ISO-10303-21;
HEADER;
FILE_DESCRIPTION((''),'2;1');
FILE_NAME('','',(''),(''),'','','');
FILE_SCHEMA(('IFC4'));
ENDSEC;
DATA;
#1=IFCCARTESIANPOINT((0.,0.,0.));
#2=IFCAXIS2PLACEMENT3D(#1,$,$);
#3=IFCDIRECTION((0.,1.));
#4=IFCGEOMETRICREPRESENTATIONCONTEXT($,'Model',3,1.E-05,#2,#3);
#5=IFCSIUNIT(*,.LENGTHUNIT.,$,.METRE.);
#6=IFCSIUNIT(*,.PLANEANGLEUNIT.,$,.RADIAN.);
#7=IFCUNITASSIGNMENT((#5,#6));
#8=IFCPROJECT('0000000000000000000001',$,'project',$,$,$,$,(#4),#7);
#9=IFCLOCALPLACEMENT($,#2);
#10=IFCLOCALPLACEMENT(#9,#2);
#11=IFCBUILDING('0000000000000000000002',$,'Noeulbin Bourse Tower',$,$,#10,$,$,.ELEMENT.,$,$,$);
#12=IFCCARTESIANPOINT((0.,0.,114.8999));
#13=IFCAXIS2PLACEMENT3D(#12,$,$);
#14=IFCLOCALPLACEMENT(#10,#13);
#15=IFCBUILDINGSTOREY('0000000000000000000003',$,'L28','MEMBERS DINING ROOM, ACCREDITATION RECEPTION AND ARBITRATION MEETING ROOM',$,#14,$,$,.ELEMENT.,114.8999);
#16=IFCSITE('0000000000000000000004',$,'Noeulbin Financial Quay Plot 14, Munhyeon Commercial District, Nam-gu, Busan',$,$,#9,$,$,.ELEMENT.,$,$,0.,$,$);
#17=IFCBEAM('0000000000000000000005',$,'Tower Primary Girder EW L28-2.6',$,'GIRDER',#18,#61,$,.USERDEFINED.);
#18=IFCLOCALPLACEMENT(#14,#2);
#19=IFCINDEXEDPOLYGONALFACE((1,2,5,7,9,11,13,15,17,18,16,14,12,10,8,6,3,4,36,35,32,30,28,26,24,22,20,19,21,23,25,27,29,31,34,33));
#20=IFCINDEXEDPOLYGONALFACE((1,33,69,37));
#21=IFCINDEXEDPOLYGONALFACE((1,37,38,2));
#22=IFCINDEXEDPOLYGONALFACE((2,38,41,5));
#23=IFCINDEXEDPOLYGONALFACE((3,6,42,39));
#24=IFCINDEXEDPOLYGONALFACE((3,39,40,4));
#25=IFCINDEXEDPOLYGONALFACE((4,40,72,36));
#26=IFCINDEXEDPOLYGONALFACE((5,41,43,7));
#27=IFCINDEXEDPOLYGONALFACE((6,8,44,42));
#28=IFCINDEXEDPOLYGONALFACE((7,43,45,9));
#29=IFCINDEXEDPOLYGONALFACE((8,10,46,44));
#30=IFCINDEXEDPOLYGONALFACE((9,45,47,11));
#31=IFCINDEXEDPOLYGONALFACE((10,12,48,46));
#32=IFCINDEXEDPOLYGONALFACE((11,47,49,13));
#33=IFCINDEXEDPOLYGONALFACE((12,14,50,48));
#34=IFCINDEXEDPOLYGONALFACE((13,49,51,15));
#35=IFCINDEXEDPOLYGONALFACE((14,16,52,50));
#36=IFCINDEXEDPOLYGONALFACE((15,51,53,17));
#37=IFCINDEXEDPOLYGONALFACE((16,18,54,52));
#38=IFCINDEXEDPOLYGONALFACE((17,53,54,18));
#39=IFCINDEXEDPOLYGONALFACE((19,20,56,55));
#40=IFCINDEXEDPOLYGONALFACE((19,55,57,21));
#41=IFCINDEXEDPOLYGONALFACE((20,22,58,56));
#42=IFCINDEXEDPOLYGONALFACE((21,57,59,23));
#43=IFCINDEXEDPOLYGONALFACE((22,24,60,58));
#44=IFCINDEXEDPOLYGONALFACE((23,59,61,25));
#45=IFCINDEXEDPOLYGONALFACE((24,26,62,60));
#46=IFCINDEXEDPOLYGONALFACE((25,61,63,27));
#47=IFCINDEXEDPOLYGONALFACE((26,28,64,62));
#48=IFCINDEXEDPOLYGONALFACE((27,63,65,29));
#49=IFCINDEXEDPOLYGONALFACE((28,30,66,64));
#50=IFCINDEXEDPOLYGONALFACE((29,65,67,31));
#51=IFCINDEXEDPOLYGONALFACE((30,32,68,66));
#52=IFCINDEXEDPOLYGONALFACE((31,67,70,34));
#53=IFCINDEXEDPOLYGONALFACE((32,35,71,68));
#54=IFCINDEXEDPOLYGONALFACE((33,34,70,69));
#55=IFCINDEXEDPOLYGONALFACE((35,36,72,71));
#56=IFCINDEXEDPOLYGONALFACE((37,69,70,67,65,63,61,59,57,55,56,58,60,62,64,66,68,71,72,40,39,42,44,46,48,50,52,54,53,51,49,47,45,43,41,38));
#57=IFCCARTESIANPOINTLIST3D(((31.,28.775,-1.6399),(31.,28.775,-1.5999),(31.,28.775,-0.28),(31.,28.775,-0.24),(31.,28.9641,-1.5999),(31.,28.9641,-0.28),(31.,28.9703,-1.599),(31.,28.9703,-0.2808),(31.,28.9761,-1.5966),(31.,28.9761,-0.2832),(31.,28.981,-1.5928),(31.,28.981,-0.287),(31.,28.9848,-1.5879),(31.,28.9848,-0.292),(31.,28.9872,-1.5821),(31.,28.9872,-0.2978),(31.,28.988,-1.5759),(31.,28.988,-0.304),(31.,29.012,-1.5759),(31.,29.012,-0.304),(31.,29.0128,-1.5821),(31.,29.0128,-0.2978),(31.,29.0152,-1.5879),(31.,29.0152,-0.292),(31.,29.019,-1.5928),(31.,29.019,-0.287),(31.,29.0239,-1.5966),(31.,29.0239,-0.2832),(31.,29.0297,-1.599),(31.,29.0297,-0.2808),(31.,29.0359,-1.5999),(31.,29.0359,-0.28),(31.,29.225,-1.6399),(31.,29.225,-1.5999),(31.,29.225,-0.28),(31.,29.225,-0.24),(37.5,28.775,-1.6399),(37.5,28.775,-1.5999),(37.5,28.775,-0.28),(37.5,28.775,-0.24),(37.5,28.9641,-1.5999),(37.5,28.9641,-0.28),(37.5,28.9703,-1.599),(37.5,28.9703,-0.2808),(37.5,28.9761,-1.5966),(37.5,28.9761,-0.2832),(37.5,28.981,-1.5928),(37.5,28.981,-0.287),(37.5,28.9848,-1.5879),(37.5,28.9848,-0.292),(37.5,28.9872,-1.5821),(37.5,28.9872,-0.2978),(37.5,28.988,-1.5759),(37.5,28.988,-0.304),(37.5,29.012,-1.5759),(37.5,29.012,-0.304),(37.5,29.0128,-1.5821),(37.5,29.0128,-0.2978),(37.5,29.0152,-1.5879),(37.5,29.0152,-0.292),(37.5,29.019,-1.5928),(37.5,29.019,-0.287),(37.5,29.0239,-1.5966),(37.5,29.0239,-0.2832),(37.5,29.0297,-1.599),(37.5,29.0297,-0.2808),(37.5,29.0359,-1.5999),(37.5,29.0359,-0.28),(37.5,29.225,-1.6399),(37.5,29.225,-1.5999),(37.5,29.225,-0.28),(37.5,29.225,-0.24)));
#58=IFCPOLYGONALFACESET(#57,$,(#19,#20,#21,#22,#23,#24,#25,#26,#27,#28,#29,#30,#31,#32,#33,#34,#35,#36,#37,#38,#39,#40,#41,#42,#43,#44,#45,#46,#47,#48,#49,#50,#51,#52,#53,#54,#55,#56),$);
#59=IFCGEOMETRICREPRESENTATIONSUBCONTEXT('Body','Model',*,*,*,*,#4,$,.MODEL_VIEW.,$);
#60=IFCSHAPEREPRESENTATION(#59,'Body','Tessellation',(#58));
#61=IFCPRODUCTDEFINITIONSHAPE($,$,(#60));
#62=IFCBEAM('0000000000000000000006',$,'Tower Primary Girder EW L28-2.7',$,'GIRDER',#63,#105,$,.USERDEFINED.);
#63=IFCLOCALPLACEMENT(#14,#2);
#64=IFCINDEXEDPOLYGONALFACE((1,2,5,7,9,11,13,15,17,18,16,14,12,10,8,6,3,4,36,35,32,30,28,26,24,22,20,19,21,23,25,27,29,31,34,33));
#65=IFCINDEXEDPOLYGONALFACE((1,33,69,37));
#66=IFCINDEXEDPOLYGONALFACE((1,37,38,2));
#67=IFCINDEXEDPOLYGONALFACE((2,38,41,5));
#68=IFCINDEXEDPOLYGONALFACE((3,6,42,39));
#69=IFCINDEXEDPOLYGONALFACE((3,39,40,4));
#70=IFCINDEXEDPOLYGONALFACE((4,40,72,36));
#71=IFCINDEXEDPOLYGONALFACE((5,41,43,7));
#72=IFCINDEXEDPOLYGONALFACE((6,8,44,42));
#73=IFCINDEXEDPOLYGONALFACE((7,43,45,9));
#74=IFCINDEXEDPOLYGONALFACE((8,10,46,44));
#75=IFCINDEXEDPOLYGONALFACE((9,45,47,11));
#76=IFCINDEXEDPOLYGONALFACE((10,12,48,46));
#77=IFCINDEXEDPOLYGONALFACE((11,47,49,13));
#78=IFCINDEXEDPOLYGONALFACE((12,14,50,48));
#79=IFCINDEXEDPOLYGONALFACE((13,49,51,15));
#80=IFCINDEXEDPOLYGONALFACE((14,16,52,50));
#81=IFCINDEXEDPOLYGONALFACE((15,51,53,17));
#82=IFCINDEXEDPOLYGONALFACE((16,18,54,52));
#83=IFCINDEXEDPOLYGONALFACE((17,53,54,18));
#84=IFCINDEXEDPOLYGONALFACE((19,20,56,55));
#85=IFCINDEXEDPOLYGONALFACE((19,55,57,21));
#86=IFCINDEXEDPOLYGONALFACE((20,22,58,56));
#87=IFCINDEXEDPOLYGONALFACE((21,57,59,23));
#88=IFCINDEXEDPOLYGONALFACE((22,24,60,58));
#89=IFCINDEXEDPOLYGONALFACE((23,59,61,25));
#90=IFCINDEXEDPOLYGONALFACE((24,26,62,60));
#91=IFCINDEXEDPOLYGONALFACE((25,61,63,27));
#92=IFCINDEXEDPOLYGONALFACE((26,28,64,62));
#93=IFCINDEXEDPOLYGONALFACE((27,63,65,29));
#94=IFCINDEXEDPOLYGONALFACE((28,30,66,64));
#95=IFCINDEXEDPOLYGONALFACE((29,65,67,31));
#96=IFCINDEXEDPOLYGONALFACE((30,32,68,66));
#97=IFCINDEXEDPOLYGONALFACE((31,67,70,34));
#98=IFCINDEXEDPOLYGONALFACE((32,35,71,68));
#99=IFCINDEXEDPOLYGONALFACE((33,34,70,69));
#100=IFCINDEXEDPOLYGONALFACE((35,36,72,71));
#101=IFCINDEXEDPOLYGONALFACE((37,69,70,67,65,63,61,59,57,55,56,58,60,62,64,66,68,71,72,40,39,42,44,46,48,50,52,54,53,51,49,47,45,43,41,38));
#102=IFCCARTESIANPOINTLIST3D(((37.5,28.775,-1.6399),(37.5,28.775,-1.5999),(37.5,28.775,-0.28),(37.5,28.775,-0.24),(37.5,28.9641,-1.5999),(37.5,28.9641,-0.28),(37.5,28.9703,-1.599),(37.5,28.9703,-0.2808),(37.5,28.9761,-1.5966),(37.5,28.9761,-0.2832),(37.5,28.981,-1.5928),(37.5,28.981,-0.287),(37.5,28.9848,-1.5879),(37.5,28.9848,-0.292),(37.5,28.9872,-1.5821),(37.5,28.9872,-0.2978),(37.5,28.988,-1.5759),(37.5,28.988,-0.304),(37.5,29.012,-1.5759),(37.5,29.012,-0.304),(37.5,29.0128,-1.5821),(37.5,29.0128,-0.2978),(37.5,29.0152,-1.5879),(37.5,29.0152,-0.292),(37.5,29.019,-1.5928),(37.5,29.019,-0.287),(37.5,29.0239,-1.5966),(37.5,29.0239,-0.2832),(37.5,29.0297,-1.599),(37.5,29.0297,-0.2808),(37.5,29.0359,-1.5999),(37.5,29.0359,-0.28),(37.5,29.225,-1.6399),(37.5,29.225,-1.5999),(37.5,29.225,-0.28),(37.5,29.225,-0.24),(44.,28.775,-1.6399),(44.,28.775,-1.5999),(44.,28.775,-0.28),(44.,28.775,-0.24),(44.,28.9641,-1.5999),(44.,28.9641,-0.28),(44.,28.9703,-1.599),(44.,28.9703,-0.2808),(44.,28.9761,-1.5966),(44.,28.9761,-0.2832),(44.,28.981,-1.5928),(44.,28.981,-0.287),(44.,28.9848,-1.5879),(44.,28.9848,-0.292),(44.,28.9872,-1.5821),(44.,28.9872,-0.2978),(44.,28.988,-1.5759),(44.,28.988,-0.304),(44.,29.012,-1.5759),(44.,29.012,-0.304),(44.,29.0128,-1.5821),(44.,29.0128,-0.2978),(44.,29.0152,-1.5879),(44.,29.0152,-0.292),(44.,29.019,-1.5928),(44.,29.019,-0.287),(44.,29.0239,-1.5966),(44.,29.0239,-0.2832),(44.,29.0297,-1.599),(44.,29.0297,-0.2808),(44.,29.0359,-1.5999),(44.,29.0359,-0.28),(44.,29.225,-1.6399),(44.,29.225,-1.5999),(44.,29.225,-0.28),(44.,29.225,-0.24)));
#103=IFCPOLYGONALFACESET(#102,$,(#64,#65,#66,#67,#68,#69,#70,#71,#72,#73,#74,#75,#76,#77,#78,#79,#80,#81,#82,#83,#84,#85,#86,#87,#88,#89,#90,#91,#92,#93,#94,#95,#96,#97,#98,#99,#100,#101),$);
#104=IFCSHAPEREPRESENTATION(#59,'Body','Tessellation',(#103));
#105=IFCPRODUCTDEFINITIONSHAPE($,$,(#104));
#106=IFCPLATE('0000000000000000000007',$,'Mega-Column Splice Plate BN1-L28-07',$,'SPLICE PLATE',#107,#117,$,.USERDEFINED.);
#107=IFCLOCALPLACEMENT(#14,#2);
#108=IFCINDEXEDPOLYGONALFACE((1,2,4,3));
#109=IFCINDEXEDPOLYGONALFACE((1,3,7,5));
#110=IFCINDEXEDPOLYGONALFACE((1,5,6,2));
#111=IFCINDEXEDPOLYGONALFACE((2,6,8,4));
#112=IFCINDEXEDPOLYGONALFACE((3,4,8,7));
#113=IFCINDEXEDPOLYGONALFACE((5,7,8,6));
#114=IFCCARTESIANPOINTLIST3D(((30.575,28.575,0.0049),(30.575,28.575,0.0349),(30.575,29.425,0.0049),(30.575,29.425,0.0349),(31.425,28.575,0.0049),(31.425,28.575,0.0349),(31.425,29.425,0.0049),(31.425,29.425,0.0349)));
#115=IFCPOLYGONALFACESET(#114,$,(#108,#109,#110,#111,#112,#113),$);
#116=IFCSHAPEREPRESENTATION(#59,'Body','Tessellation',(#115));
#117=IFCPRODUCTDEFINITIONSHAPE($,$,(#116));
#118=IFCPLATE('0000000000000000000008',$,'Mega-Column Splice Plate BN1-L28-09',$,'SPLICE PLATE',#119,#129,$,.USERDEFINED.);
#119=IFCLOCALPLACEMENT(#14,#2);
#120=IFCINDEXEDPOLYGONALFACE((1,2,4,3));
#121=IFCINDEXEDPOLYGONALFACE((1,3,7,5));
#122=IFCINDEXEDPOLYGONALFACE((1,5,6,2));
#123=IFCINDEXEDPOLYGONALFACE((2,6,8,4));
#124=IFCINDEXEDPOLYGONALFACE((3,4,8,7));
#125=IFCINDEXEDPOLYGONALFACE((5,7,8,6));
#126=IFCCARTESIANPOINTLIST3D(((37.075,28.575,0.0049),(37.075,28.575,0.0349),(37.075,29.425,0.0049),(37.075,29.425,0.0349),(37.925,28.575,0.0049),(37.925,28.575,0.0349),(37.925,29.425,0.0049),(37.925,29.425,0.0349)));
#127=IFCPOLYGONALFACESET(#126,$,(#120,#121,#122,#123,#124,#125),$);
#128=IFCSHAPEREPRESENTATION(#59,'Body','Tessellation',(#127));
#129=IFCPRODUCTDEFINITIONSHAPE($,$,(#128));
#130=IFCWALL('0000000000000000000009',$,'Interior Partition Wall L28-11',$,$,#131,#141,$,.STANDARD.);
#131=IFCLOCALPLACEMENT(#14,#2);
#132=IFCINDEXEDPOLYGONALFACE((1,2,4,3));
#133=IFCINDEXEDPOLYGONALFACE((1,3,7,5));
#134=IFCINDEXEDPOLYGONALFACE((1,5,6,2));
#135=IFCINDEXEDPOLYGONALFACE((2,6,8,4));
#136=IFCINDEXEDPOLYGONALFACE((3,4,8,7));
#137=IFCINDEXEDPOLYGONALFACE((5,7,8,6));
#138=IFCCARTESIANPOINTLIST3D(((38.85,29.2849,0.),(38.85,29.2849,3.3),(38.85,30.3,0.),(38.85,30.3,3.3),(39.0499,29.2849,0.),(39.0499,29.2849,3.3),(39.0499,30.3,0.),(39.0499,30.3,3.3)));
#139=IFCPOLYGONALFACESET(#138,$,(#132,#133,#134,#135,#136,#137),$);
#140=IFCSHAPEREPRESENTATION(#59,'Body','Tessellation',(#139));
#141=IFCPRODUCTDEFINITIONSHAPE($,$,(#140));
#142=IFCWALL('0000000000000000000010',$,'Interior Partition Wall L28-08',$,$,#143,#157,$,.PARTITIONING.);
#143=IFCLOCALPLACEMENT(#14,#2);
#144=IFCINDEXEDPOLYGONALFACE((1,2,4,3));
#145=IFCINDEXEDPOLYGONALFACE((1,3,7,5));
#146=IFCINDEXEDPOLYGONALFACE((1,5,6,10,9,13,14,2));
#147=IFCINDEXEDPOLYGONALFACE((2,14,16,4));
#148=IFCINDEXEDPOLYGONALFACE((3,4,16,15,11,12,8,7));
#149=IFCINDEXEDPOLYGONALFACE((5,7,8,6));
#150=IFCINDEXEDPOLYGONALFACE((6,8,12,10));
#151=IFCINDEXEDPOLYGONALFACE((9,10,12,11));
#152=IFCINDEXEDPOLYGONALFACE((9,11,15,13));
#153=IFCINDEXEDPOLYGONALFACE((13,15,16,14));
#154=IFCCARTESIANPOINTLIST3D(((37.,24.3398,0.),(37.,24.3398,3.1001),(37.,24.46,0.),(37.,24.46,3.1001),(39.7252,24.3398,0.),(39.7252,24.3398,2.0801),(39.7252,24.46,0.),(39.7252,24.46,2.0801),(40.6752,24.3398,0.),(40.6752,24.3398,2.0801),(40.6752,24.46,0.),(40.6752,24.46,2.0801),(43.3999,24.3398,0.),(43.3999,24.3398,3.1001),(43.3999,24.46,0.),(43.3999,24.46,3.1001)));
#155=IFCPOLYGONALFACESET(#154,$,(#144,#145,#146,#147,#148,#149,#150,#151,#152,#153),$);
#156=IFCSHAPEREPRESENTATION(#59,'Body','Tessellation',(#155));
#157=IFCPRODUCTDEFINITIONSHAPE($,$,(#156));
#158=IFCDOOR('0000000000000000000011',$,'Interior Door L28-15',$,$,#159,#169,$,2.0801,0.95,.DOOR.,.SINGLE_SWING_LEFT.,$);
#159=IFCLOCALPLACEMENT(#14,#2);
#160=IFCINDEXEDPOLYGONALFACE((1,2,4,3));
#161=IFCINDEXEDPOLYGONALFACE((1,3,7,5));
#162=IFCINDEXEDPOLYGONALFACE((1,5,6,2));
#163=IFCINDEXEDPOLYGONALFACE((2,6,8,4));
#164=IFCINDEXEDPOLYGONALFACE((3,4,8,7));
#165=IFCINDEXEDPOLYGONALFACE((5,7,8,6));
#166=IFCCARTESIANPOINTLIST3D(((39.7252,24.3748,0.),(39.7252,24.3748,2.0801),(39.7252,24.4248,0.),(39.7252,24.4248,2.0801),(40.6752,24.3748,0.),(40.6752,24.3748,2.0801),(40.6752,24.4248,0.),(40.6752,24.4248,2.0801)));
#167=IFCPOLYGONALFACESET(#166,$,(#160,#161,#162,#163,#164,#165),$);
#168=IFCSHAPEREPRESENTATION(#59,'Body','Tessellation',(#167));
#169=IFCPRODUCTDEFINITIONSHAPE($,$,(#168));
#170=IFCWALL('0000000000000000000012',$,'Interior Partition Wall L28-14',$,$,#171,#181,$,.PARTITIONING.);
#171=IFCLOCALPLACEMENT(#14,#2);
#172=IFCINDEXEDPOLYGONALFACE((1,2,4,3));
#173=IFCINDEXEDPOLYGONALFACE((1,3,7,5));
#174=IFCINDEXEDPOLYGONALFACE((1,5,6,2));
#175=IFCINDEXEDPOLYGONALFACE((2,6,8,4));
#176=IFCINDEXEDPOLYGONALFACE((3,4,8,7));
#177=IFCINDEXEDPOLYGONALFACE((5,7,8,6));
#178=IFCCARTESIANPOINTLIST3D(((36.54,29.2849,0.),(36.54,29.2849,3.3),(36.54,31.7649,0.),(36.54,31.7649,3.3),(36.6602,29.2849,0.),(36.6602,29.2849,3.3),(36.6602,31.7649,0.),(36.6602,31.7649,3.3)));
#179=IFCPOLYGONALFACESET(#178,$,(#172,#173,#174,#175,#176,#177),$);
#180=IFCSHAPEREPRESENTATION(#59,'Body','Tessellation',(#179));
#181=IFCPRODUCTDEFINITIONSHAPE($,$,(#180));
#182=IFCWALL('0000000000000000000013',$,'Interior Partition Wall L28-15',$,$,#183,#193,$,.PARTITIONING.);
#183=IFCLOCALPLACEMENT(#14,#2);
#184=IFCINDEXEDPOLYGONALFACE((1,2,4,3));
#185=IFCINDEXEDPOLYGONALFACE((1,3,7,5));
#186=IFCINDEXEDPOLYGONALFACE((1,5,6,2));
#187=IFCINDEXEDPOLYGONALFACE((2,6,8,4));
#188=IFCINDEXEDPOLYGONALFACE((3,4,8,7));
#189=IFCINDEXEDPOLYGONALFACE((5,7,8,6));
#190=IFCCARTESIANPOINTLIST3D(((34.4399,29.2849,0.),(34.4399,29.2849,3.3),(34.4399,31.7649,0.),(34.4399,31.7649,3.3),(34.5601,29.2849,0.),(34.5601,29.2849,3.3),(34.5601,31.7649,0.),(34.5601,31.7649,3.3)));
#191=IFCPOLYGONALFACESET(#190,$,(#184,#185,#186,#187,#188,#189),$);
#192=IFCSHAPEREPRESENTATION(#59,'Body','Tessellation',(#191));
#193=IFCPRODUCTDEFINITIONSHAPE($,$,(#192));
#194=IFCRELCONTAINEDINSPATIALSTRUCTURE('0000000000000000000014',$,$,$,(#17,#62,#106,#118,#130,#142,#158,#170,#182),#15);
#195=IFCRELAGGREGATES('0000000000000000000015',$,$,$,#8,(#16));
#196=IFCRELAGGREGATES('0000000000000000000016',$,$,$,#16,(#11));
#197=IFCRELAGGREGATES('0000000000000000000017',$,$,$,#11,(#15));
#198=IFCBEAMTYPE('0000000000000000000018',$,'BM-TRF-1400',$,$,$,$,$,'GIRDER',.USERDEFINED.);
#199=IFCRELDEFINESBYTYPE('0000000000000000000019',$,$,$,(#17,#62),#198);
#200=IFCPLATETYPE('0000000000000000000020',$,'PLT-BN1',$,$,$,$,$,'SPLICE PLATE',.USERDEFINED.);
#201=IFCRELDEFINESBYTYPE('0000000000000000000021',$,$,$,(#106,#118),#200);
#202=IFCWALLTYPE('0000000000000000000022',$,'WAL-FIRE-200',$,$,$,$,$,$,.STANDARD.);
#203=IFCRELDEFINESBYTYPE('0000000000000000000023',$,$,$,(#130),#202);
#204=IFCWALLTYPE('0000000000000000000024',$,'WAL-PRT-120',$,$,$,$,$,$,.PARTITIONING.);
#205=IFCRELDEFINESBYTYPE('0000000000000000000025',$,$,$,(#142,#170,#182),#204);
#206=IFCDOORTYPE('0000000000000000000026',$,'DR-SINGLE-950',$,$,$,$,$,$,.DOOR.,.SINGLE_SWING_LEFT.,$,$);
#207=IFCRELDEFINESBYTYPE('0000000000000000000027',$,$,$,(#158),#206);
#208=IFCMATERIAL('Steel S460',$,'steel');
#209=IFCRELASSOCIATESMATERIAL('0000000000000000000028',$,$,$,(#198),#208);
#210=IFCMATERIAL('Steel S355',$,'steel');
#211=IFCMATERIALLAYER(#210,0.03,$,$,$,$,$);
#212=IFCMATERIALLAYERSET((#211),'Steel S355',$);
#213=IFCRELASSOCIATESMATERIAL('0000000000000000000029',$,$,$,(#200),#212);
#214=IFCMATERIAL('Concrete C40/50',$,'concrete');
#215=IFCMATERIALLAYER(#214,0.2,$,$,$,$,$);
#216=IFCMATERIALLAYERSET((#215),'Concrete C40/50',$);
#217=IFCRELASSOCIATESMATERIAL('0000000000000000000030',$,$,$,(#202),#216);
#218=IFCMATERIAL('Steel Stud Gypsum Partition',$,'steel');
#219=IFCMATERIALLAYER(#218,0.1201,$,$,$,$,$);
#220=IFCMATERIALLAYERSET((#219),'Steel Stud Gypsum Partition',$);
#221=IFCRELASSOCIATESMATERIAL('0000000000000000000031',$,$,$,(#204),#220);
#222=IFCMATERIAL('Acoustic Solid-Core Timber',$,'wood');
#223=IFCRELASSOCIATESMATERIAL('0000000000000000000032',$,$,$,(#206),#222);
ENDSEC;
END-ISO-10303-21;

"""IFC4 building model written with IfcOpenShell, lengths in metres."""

from ifc_helpers import new_model, si_unit, direction, frame, frame_2d, origin, origin_2d, place, context, subcontext, project, spatial, rectangle, i_section, extrude, material, layer, layer_set, material_profile, profile_set, type_object, element, fill, save


model = new_model("IFC4")

# Units and contexts
model_context = context("Model", 3, precision=1e-05, world=origin(), true_north=direction((0.0, 1.0)))
body_context = subcontext(model_context, "Body", "Model", "MODEL_VIEW")
ifc_project = project(units=[si_unit("LENGTHUNIT", "METRE"), si_unit("PLANEANGLEUNIT", "RADIAN")], contexts=[model_context])

# Site, building, storey
site_placement = place(None, origin())
site = spatial("IfcSite", under=ifc_project, at=site_placement, Name="Noeulbin Financial Quay Plot 14, Munhyeon Commercial District, Nam-gu, Busan", CompositionType="ELEMENT", RefElevation=0.0)
building_placement = place(site_placement, origin())
building = spatial("IfcBuilding", under=site, at=building_placement, Name="Noeulbin Bourse Tower", CompositionType="ELEMENT")
storey_placement = place(building_placement, frame((0.0, 0.0, 114.8999)))
storey = spatial("IfcBuildingStorey", under=building, at=storey_placement, Name="L28", Description="MEMBERS DINING ROOM, ACCREDITATION RECEPTION AND ARBITRATION MEETING ROOM", CompositionType="ELEMENT", Elevation=114.8999)

# Shared definitions
ifc_material_1 = material(Name="Steel S460", Category="steel")

# Beams
ifc_material_2 = material(Name="Steel S355", Category="steel")
ifc_material_profile_1 = material_profile(ifc_material_1, i_section(OverallWidth=0.45, OverallDepth=1.3999, WebThickness=0.0239, FlangeThickness=0.04, FilletRadius=0.0239, at=origin_2d()), Name="PG-1400x450x24x40", Category="LoadBearing")
ifc_profile_set_1 = profile_set([ifc_material_profile_1], Name="Steel S460")
beam_type_1 = type_object("IfcBeamType", Name="BM-TRF-1400", ElementType="GIRDER", PredefinedType="USERDEFINED", material=ifc_profile_set_1)
for number, where, z_axis, x_axis, name in (
    (1, (31.0, 29.0, -0.9399), (1.0, 0.0, 0.0), (0.0, 1.0, 0.0), "Tower Primary Girder EW L28-2.6"),
    (2, (37.5, 29.0, -0.9399), (1.0, 0.0, 0.0), (0.0, 1.0, 0.0), "Tower Primary Girder EW L28-2.7"),
):
    element("IfcBeam", number, at=place(storey_placement, frame(where, z_axis=z_axis, x_axis=x_axis)), inside=storey, type_object=beam_type_1, Name=name, ObjectType="GIRDER", PredefinedType="USERDEFINED", context=body_context, shape_type="SweptSolid", body=[
        extrude(i_section(OverallWidth=0.45, OverallDepth=1.3999, WebThickness=0.0239, FlangeThickness=0.04, FilletRadius=0.0239, at=origin_2d()), origin(), (0.0, 0.0, 1.0), 6.5),
    ])

# Plates
ifc_layer_1 = layer(ifc_material_2, 0.03)
ifc_layer_set_1 = layer_set([ifc_layer_1], Name="Steel S355")
plate_type = type_object("IfcPlateType", Name="PLT-BN1", ElementType="SPLICE PLATE", PredefinedType="USERDEFINED", material=ifc_layer_set_1)
for number, where, z_axis, x_axis, name in (
    (3, (31.0, 29.0, 0.0049), (0.0, 0.0, 1.0), (1.0, 0.0, 0.0), "Mega-Column Splice Plate BN1-L28-07"),
    (4, (37.5, 29.0, 0.0049), (0.0, 0.0, 1.0), (1.0, 0.0, 0.0), "Mega-Column Splice Plate BN1-L28-09"),
):
    element("IfcPlate", number, at=place(storey_placement, frame(where, z_axis=z_axis, x_axis=x_axis)), inside=storey, type_object=plate_type, Name=name, ObjectType="SPLICE PLATE", PredefinedType="USERDEFINED", context=body_context, shape_type="SweptSolid", body=[
        extrude(rectangle(XDim=0.8501, YDim=0.8501, at=origin_2d()), origin(), (0.0, 0.0, 1.0), 0.03),
    ])

# Wall
ifc_material_3 = material(Name="Concrete C40/50", Category="concrete")
ifc_layer_2 = layer(ifc_material_3, 0.2)
ifc_layer_set_2 = layer_set([ifc_layer_2], Name="Concrete C40/50")
wall_type_1 = type_object("IfcWallType", Name="WAL-FIRE-200", PredefinedType="STANDARD", material=ifc_layer_set_2)
wall_1_placement = place(storey_placement, frame((38.95, 29.2849, 0.0), z_axis=(0.0, 0.0, 1.0), x_axis=(0.0, 1.0, 0.0)))
element("IfcWall", 5, at=wall_1_placement, inside=storey, type_object=wall_type_1, Name="Interior Partition Wall L28-11", PredefinedType="STANDARD", context=body_context, shape_type="SweptSolid", body=[
    extrude(rectangle(XDim=1.0151, YDim=0.2, at=frame_2d((0.5076, 0.0))), origin(), (0.0, 0.0, 1.0), 3.3),
])

# Wall, opening, door
ifc_material_4 = material(Name="Steel Stud Gypsum Partition", Category="steel")
ifc_layer_3 = layer(ifc_material_4, 0.1201)
ifc_layer_set_3 = layer_set([ifc_layer_3], Name="Steel Stud Gypsum Partition")
wall_type_2 = type_object("IfcWallType", Name="WAL-PRT-120", PredefinedType="PARTITIONING", material=ifc_layer_set_3)
wall_2_placement = place(storey_placement, frame((37.0, 24.3999, 0.0), z_axis=(0.0, 0.0, 1.0), x_axis=(1.0, 0.0, 0.0)))
wall_2 = element("IfcWall", 6, at=wall_2_placement, inside=storey, type_object=wall_type_2, Name="Interior Partition Wall L28-08", PredefinedType="PARTITIONING", context=body_context, shape_type="SweptSolid", body=[
    extrude(rectangle(XDim=6.3999, YDim=0.1201, at=frame_2d((3.2, 0.0))), origin(), (0.0, 0.0, 1.0), 3.1001),
])
opening_1_placement = place(wall_2_placement, frame((2.7251, 0.0, 0.0)))
opening_1 = element("IfcOpeningElement", 7, at=opening_1_placement, cuts=wall_2, PredefinedType="OPENING", context=body_context, shape_type="SweptSolid", body=[
    extrude(rectangle(XDim=0.95, YDim=2.0801, at=frame_2d((0.4751, 1.04))), frame((0.0, 0.0701, 0.0), z_axis=(0.0, -1.0, 0.0), x_axis=(1.0, 0.0, 0.0)), (0.0, 0.0, 1.0), 0.1401),
])
ifc_material_5 = material(Name="Acoustic Solid-Core Timber", Category="wood")
door_type_1 = type_object("IfcDoorType", Name="DR-SINGLE-950", OperationType="SINGLE_SWING_LEFT", PredefinedType="DOOR", material=ifc_material_5)
door_1_placement = place(opening_1_placement, origin())
door_1 = element("IfcDoor", 8, at=door_1_placement, inside=storey, type_object=door_type_1, Name="Interior Door L28-15", OperationType="SINGLE_SWING_LEFT", OverallHeight=2.0801, OverallWidth=0.95, PredefinedType="DOOR", context=body_context, shape_type="SweptSolid", body=[
    extrude(rectangle(XDim=0.95, YDim=2.0801, at=frame_2d((0.4751, 1.04))), frame((0.0, 0.0249, 0.0), z_axis=(0.0, -1.0, 0.0), x_axis=(1.0, 0.0, 0.0)), (0.0, 0.0, 1.0), 0.05),
])
fill(opening_1, door_1)

# Walls
for number, where, z_axis, x_axis, name in (
    (9, (36.6001, 29.2849, 0.0), (0.0, 0.0, 1.0), (0.0, 1.0, 0.0), "Interior Partition Wall L28-14"),
    (10, (34.5, 29.2849, 0.0), (0.0, 0.0, 1.0), (0.0, 1.0, 0.0), "Interior Partition Wall L28-15"),
):
    element("IfcWall", number, at=place(storey_placement, frame(where, z_axis=z_axis, x_axis=x_axis)), inside=storey, type_object=wall_type_2, Name=name, PredefinedType="PARTITIONING", context=body_context, shape_type="SweptSolid", body=[
        extrude(rectangle(XDim=2.48, YDim=0.1201, at=frame_2d((1.24, 0.0))), origin(), (0.0, 0.0, 1.0), 3.3),
    ])

save(model, "model.ifc")
